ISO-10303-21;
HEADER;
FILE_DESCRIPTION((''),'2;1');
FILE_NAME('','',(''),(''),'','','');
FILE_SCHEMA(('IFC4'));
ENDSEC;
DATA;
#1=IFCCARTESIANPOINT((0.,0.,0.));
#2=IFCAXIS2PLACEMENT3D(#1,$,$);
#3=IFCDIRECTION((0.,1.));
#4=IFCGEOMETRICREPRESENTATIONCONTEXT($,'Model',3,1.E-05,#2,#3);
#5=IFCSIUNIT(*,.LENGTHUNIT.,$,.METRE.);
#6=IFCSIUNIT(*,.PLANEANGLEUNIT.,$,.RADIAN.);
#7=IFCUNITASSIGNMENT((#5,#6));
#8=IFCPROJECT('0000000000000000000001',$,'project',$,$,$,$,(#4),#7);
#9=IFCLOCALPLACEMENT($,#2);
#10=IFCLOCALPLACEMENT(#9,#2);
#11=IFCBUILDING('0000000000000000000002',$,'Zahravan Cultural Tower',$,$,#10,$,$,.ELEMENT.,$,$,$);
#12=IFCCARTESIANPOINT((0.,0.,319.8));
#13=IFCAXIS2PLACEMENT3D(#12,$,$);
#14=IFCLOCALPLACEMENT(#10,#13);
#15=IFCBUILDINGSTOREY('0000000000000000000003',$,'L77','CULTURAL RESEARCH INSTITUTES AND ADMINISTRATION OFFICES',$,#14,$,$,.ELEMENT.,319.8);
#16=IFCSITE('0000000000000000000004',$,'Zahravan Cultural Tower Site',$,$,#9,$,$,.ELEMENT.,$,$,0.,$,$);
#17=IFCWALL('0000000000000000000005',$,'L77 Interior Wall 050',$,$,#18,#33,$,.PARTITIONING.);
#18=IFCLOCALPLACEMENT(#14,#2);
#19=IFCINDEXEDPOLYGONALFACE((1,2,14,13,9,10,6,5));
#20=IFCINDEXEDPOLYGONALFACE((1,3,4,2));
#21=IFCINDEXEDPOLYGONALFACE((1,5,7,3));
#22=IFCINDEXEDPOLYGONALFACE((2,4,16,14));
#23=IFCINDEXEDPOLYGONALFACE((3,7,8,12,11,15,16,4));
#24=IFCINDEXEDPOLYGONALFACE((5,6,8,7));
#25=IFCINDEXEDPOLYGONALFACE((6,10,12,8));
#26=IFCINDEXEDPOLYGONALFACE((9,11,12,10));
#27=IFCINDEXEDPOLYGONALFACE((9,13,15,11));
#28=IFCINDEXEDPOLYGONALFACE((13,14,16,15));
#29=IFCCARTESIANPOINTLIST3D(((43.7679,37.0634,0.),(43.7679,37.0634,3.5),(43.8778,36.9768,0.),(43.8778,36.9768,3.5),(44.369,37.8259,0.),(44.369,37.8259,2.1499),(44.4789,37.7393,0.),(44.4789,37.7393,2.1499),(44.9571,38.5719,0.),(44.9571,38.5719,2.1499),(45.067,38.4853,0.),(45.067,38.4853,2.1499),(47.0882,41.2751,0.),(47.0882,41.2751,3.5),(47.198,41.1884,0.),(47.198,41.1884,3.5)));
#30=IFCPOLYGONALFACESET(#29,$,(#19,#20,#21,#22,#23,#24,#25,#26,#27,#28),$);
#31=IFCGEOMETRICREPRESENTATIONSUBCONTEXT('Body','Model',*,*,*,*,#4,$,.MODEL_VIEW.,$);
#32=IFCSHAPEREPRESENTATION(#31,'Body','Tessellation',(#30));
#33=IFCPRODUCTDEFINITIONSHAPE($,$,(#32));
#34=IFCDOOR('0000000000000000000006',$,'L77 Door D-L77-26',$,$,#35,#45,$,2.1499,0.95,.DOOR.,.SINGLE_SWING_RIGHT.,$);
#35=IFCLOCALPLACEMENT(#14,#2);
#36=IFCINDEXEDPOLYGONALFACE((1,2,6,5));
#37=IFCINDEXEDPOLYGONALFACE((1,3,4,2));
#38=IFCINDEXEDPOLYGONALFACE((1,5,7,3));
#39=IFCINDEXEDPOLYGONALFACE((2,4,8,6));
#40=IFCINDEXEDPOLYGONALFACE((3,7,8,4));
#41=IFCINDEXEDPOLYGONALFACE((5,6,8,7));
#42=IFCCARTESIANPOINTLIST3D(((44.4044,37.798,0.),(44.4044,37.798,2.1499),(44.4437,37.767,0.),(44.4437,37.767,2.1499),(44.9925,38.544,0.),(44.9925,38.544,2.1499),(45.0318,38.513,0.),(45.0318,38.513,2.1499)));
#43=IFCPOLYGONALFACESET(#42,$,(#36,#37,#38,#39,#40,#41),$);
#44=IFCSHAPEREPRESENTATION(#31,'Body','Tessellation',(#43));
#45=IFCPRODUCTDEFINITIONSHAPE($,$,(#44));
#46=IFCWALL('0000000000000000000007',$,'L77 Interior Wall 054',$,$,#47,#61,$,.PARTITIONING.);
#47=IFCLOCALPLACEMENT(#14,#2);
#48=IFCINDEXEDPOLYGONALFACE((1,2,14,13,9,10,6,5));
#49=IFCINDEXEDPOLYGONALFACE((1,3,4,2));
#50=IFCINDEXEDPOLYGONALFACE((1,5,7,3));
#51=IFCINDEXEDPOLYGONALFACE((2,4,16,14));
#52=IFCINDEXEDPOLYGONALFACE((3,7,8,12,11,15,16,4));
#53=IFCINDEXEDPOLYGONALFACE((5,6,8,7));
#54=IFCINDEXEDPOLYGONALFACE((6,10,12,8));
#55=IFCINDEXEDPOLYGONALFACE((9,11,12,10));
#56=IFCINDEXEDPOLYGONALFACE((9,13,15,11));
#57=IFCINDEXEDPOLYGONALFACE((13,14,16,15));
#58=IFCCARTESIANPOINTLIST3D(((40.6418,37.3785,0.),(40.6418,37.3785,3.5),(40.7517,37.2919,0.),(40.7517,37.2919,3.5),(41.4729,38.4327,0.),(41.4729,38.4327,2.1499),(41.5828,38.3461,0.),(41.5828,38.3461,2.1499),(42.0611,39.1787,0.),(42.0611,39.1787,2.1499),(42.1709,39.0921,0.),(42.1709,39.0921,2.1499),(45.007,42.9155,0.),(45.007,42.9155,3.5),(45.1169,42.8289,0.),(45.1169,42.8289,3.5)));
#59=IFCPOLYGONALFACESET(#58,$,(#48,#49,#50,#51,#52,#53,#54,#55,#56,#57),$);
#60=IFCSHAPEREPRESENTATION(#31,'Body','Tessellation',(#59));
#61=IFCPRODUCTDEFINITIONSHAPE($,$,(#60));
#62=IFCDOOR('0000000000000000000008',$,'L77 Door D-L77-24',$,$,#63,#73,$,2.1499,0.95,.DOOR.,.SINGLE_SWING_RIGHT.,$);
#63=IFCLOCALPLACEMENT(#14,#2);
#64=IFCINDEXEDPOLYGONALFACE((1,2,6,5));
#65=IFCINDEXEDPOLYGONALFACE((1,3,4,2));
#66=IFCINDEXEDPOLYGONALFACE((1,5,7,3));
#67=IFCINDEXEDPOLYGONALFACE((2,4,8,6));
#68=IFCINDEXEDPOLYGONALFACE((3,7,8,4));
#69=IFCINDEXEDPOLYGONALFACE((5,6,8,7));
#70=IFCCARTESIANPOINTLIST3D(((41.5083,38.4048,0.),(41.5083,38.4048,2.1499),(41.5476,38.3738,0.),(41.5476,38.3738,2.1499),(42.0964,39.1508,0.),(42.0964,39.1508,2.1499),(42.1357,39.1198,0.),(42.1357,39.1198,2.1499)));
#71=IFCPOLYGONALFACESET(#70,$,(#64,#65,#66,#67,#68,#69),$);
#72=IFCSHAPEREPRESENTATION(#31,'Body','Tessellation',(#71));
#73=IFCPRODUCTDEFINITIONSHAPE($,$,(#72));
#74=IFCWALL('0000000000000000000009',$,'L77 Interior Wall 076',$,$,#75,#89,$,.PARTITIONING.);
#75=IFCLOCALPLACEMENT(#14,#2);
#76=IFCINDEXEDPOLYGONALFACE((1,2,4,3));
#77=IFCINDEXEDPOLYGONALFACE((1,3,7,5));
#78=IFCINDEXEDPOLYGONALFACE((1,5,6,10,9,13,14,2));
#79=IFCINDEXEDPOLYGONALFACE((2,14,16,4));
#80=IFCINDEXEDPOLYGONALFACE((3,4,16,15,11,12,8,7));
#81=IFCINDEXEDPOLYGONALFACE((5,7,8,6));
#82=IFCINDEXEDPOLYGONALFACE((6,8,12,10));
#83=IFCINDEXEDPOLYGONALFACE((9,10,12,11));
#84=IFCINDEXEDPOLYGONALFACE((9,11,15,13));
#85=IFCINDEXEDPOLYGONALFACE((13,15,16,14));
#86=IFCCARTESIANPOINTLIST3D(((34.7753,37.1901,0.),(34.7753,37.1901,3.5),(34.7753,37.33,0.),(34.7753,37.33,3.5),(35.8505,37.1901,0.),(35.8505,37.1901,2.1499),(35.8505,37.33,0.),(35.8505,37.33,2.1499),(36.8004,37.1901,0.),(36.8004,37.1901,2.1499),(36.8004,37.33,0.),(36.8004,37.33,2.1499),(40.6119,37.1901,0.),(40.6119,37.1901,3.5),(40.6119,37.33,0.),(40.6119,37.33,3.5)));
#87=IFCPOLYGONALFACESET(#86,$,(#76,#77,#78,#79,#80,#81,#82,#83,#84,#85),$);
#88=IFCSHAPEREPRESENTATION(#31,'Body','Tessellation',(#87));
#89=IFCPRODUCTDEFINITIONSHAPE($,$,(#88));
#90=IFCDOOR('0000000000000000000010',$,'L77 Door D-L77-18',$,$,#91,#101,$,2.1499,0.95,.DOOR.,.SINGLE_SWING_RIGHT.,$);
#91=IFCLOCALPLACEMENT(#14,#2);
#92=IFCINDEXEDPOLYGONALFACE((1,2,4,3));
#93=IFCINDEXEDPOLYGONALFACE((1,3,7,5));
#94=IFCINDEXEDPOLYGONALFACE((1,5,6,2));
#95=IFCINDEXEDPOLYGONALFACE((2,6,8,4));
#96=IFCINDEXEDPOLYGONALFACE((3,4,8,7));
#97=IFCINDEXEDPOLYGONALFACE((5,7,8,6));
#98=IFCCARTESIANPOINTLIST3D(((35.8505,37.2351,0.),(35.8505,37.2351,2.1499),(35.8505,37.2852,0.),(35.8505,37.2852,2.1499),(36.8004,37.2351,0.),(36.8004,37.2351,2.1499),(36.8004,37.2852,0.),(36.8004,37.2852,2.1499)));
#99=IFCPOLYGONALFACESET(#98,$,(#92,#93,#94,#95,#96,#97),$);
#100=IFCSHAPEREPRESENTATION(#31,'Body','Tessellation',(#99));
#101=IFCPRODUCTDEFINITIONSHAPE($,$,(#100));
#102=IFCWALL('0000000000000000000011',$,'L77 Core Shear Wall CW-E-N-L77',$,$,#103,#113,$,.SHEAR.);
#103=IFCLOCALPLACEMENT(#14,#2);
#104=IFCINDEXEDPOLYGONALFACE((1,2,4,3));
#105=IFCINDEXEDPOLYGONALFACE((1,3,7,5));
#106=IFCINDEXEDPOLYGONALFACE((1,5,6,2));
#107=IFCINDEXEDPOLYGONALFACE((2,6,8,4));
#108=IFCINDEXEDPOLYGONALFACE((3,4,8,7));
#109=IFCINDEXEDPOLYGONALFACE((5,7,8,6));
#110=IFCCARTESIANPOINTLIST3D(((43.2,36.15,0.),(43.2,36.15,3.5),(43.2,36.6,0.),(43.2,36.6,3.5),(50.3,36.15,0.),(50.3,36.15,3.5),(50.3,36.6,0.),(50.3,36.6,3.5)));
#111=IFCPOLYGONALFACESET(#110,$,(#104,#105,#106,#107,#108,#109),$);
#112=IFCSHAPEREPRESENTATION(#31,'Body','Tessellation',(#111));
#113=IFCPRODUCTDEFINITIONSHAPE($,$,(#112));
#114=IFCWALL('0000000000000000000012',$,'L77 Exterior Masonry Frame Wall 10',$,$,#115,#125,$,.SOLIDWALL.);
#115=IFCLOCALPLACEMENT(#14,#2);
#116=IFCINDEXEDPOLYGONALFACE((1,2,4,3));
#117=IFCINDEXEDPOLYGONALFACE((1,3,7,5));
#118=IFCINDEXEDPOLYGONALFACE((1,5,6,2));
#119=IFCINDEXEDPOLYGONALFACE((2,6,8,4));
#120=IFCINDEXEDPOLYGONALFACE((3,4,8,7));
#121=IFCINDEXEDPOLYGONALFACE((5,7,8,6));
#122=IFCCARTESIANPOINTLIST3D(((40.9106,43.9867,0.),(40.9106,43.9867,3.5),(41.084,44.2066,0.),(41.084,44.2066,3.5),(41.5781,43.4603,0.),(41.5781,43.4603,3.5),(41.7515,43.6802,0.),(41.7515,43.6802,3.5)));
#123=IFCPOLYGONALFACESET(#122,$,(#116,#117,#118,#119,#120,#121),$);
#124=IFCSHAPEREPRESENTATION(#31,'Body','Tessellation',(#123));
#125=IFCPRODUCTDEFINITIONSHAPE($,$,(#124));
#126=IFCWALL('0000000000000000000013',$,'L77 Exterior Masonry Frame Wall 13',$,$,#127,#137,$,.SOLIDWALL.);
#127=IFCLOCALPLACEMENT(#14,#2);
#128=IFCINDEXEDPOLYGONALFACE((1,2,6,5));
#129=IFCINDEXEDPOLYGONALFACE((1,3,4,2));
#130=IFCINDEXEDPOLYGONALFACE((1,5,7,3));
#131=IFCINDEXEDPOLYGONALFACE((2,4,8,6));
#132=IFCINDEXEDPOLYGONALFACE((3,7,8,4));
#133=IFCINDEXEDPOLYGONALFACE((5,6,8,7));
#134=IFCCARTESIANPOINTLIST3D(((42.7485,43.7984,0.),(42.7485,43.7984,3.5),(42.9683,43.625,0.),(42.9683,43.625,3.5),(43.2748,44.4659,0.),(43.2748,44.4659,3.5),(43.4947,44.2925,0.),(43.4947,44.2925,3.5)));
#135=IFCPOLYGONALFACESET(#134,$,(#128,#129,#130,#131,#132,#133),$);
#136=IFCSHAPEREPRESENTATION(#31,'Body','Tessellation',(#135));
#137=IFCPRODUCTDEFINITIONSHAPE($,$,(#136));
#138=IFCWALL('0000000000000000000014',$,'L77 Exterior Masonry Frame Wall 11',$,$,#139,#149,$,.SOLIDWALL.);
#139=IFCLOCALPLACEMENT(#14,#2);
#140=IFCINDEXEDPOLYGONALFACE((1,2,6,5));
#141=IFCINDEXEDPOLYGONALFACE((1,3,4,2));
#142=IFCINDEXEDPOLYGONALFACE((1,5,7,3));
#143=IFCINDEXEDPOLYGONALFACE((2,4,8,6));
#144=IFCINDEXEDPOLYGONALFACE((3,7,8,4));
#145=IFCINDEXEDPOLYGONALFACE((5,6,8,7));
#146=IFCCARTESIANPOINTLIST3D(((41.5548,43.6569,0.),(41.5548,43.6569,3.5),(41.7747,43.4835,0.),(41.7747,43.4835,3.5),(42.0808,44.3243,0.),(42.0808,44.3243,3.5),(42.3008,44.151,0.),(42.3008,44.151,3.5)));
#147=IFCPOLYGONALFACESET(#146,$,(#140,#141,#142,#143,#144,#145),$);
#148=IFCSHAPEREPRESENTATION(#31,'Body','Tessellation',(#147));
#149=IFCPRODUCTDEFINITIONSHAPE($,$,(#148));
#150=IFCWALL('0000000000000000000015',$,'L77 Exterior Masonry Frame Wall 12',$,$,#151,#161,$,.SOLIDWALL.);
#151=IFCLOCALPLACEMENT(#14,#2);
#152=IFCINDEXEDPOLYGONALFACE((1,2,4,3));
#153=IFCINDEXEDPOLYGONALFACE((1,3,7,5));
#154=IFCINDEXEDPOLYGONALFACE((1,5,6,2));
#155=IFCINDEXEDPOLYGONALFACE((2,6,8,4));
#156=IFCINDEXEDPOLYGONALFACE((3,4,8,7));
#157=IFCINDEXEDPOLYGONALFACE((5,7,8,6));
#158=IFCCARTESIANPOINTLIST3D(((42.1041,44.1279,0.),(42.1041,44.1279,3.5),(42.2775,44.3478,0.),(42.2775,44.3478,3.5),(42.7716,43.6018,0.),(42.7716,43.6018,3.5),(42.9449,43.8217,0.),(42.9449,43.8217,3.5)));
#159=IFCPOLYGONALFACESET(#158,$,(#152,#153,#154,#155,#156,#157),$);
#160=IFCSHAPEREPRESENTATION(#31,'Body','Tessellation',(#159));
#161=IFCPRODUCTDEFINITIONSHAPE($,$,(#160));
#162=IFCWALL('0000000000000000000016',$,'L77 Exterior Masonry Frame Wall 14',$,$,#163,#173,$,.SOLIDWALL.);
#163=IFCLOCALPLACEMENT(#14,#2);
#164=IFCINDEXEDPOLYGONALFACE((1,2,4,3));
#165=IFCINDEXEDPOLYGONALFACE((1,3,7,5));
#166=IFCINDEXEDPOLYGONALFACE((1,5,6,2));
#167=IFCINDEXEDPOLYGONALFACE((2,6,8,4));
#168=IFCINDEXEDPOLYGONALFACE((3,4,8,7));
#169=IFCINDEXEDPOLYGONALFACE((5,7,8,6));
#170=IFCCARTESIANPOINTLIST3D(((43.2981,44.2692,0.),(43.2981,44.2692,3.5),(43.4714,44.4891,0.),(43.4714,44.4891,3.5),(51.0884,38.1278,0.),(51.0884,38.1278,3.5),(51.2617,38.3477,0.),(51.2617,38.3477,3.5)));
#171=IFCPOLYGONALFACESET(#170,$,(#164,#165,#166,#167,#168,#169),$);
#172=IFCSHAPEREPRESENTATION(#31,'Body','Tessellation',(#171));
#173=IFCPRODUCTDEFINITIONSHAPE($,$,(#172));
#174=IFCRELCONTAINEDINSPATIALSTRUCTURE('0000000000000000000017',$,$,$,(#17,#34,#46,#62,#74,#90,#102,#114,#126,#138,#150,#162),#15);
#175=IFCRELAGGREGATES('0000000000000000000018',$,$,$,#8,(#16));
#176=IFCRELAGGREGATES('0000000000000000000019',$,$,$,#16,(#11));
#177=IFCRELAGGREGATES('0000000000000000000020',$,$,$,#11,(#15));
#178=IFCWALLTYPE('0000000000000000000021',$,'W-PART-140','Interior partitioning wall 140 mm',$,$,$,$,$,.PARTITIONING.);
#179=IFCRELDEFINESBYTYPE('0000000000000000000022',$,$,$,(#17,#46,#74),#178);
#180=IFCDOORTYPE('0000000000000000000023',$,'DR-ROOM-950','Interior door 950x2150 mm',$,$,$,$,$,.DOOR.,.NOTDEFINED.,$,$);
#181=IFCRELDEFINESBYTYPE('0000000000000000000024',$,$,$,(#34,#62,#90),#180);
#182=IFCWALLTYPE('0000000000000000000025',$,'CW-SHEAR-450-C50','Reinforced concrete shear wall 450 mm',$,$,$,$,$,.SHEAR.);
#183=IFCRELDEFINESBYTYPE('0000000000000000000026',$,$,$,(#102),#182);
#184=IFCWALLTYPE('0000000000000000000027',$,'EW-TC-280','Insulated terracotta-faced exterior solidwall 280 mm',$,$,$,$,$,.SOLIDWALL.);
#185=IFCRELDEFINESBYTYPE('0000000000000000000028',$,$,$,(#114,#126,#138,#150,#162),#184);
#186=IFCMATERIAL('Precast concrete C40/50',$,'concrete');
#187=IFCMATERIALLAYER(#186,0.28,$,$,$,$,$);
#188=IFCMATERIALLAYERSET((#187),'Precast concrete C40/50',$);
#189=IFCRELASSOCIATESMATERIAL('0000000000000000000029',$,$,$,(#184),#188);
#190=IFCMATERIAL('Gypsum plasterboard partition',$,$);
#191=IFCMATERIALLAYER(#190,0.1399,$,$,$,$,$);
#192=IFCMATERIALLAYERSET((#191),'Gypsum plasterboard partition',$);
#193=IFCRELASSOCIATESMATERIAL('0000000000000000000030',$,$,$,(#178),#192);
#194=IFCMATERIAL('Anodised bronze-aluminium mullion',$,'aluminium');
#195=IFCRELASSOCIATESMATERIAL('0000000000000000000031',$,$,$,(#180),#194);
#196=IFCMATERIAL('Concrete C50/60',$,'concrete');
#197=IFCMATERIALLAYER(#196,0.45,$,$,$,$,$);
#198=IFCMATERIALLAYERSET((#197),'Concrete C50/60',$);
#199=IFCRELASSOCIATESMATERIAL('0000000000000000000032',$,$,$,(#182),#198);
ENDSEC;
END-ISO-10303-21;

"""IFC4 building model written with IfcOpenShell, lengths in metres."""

from ifc_helpers import new_model, si_unit, direction, frame, frame_2d, origin, place, context, subcontext, project, spatial, rectangle, extrude, source, transform, mapped, material, layer, layer_set, type_object, element, fill, save


model = new_model("IFC4")

# Units and contexts
model_context = context("Model", 3, precision=1e-05, world=origin(), true_north=direction((0.0, 1.0)))
body_context = subcontext(model_context, "Body", "Model", "MODEL_VIEW")
ifc_project = project(units=[si_unit("LENGTHUNIT", "METRE"), si_unit("PLANEANGLEUNIT", "RADIAN")], contexts=[model_context])

# Site, building, storey
site_placement = place(None, origin())
site = spatial("IfcSite", under=ifc_project, at=site_placement, Name="Zahravan Cultural Tower Site", CompositionType="ELEMENT", RefElevation=0.0)
building_placement = place(site_placement, origin())
building = spatial("IfcBuilding", under=site, at=building_placement, Name="Zahravan Cultural Tower", CompositionType="ELEMENT")
storey_placement = place(building_placement, frame((0.0, 0.0, 319.8)))
storey = spatial("IfcBuildingStorey", under=building, at=storey_placement, Name="L77", Description="CULTURAL RESEARCH INSTITUTES AND ADMINISTRATION OFFICES", CompositionType="ELEMENT", Elevation=319.8)

# Shared definitions
ifc_material_1 = material(Name="Precast concrete C40/50", Category="concrete")
ifc_layer_1 = layer(ifc_material_1, 0.28)
ifc_layer_set_1 = layer_set([ifc_layer_1], Name="Precast concrete C40/50")
wall_type_1 = type_object("IfcWallType", Name="EW-TC-280", Description="Insulated terracotta-faced exterior solidwall 280 mm", PredefinedType="SOLIDWALL", material=ifc_layer_set_1)

# Walls, openings, doors
ifc_material_2 = material(Name="Gypsum plasterboard partition")
ifc_layer_2 = layer(ifc_material_2, 0.1399)
ifc_layer_set_2 = layer_set([ifc_layer_2], Name="Gypsum plasterboard partition")
wall_type_2 = type_object("IfcWallType", Name="W-PART-140", Description="Interior partitioning wall 140 mm", PredefinedType="PARTITIONING", material=ifc_layer_set_2)
wall_1_placement = place(storey_placement, frame((43.8228, 37.02, 0.0), z_axis=(0.0, 0.0, 1.0), x_axis=(0.619105, 0.785308, 0.0)))
wall_1 = element("IfcWall", 1, at=wall_1_placement, inside=storey, type_object=wall_type_2, Name="L77 Interior Wall 050", PredefinedType="PARTITIONING", context=body_context, shape_type="SweptSolid", body=[
    extrude(rectangle(XDim=5.363, YDim=0.1399, at=frame_2d((2.6816, 0.0))), origin(), (0.0, 0.0, 1.0), 3.5),
])
opening_1_placement = place(wall_1_placement, frame((0.9709, 0.0, 0.0)))
opening_1 = element("IfcOpeningElement", 2, at=opening_1_placement, cuts=wall_1, PredefinedType="OPENING", context=body_context, shape_type="SweptSolid", body=[
    extrude(rectangle(XDim=0.95, YDim=2.1499, at=frame_2d((0.4751, 1.075))), frame((0.0, 0.0798, 0.0), z_axis=(0.0, -1.0, 0.0), x_axis=(1.0, 0.0, 0.0)), (0.0, 0.0, 1.0), 0.1599),
])
ifc_material_3 = material(Name="Anodised bronze-aluminium mullion", Category="aluminium")
door_type = type_object("IfcDoorType", Name="DR-ROOM-950", Description="Interior door 950x2150 mm", OperationType="NOTDEFINED", PredefinedType="DOOR", material=ifc_material_3)
shared_shape_1 = source(origin(), body_context, "Body", "SweptSolid", [
    extrude(rectangle(XDim=0.95, YDim=2.1499, at=frame_2d((0.4751, 1.075))), frame((0.0, 0.0249, 0.0), z_axis=(0.0, -1.0, 0.0), x_axis=(1.0, 0.0, 0.0)), (0.0, 0.0, 1.0), 0.05),
])
door_1_placement = place(opening_1_placement, origin())
door_1 = element("IfcDoor", 3, at=door_1_placement, inside=storey, type_object=door_type, Name="L77 Door D-L77-26", OperationType="SINGLE_SWING_RIGHT", OverallHeight=2.1499, OverallWidth=0.95, PredefinedType="DOOR", context=body_context, shape_type="MappedRepresentation", body=[
    mapped(shared_shape_1, transform((0.0, 0.0, 0.0), x_axis=(1.0, 0.0, 0.0), y_axis=(0.0, 1.0, 0.0), z_axis=(0.0, 0.0, 1.0), scale=1.0)),
])
fill(opening_1, door_1)
wall_2_placement = place(storey_placement, frame((40.6968, 37.3352, 0.0), z_axis=(0.0, 0.0, 1.0), x_axis=(0.619105, 0.785308, 0.0)))
wall_2 = element("IfcWall", 4, at=wall_2_placement, inside=storey, type_object=wall_type_2, Name="L77 Interior Wall 054", PredefinedType="PARTITIONING", context=body_context, shape_type="SweptSolid", body=[
    extrude(rectangle(XDim=7.0508, YDim=0.1399, at=frame_2d((3.5254, 0.0))), origin(), (0.0, 0.0, 1.0), 3.5),
])
opening_2_placement = place(wall_2_placement, frame((1.3423, 0.0, 0.0)))
opening_2 = element("IfcOpeningElement", 5, at=opening_2_placement, cuts=wall_2, PredefinedType="OPENING", context=body_context, shape_type="SweptSolid", body=[
    extrude(rectangle(XDim=0.95, YDim=2.1499, at=frame_2d((0.4751, 1.075))), frame((0.0, 0.0798, 0.0), z_axis=(0.0, -1.0, 0.0), x_axis=(1.0, 0.0, 0.0)), (0.0, 0.0, 1.0), 0.1599),
])
door_2_placement = place(opening_2_placement, origin())
door_2 = element("IfcDoor", 6, at=door_2_placement, inside=storey, type_object=door_type, Name="L77 Door D-L77-24", OperationType="SINGLE_SWING_RIGHT", OverallHeight=2.1499, OverallWidth=0.95, PredefinedType="DOOR", context=body_context, shape_type="MappedRepresentation", body=[
    mapped(shared_shape_1, transform((0.0, 0.0, 0.0), x_axis=(1.0, 0.0, 0.0), y_axis=(0.0, 1.0, 0.0), z_axis=(0.0, 0.0, 1.0), scale=1.0)),
])
fill(opening_2, door_2)
wall_3_placement = place(storey_placement, frame((40.6121, 37.26, 0.0), z_axis=(0.0, 0.0, 1.0), x_axis=(-1.0, 0.0, 0.0)))
wall_3 = element("IfcWall", 7, at=wall_3_placement, inside=storey, type_object=wall_type_2, Name="L77 Interior Wall 076", PredefinedType="PARTITIONING", context=body_context, shape_type="SweptSolid", body=[
    extrude(rectangle(XDim=5.8367, YDim=0.1399, at=frame_2d((2.9185, 0.0))), origin(), (0.0, 0.0, 1.0), 3.5),
])
opening_3_placement = place(wall_3_placement, frame((3.8115, 0.0, 0.0)))
opening_3 = element("IfcOpeningElement", 8, at=opening_3_placement, cuts=wall_3, PredefinedType="OPENING", context=body_context, shape_type="SweptSolid", body=[
    extrude(rectangle(XDim=0.95, YDim=2.1499, at=frame_2d((0.4751, 1.075))), frame((0.0, 0.0798, 0.0), z_axis=(0.0, -1.0, 0.0), x_axis=(1.0, 0.0, 0.0)), (0.0, 0.0, 1.0), 0.1599),
])
door_3_placement = place(opening_3_placement, origin())
door_3 = element("IfcDoor", 9, at=door_3_placement, inside=storey, type_object=door_type, Name="L77 Door D-L77-18", OperationType="SINGLE_SWING_RIGHT", OverallHeight=2.1499, OverallWidth=0.95, PredefinedType="DOOR", context=body_context, shape_type="MappedRepresentation", body=[
    mapped(shared_shape_1, transform((0.0, 0.0, 0.0), x_axis=(1.0, 0.0, 0.0), y_axis=(0.0, 1.0, 0.0), z_axis=(0.0, 0.0, 1.0), scale=1.0)),
])
fill(opening_3, door_3)

# Walls
ifc_material_4 = material(Name="Concrete C50/60", Category="concrete")
ifc_layer_3 = layer(ifc_material_4, 0.45)
ifc_layer_set_3 = layer_set([ifc_layer_3], Name="Concrete C50/60")
wall_type_3 = type_object("IfcWallType", Name="CW-SHEAR-450-C50", Description="Reinforced concrete shear wall 450 mm", PredefinedType="SHEAR", material=ifc_layer_set_3)
shared_shape_2 = source(origin(), body_context, "Body", "SweptSolid", [
    extrude(rectangle(XDim=7.1001, YDim=0.45, at=frame_2d((3.55, 0.0))), origin(), (0.0, 0.0, 1.0), 3.5),
])
wall_4_placement = place(storey_placement, frame((43.2, 36.375, 0.0), z_axis=(0.0, 0.0, 1.0), x_axis=(1.0, 0.0, 0.0)))
element("IfcWall", 10, at=wall_4_placement, inside=storey, type_object=wall_type_3, Name="L77 Core Shear Wall CW-E-N-L77", PredefinedType="SHEAR", context=body_context, shape_type="MappedRepresentation", body=[
    mapped(shared_shape_2, transform((0.0, 0.0, 0.0), x_axis=(1.0, 0.0, 0.0), y_axis=(0.0, 1.0, 0.0), z_axis=(0.0, 0.0, 1.0), scale=1.0)),
])
shared_shape_3 = source(origin(), body_context, "Body", "SweptSolid", [
    extrude(rectangle(XDim=0.8501, YDim=0.28, at=frame_2d((0.425, 0.0))), origin(), (0.0, 0.0, 1.0), 3.5),
])
for number, where, z_axis, x_axis, name in (
    (11, (40.9973, 44.0967, 0.0), (0.0, 0.0, 1.0), (0.785221, -0.619216, 0.0), "L77 Exterior Masonry Frame Wall 10"),
    (12, (42.8584, 43.7117, 0.0), (0.0, 0.0, 1.0), (0.619216, 0.785221, 0.0), "L77 Exterior Masonry Frame Wall 13"),
):
    element("IfcWall", number, at=place(storey_placement, frame(where, z_axis=z_axis, x_axis=x_axis)), inside=storey, type_object=wall_type_1, Name=name, PredefinedType="SOLIDWALL", context=body_context, shape_type="MappedRepresentation", body=[
        mapped(shared_shape_3, transform((0.0, 0.0, 0.0), x_axis=(1.0, 0.0, 0.0), y_axis=(0.0, 1.0, 0.0), z_axis=(0.0, 0.0, 1.0), scale=1.0)),
    ])
shared_shape_4 = source(origin(), body_context, "Body", "SweptSolid", [
    extrude(rectangle(XDim=0.8499, YDim=0.28, at=frame_2d((0.4248, 0.0))), origin(), (0.0, 0.0, 1.0), 3.5),
])
for number, where, z_axis, x_axis, name in (
    (13, (41.6648, 43.5703, 0.0), (0.0, 0.0, 1.0), (0.619039, 0.78536, 0.0), "L77 Exterior Masonry Frame Wall 11"),
    (14, (42.1909, 44.2378, 0.0), (0.0, 0.0, 1.0), (0.78536, -0.619039, 0.0), "L77 Exterior Masonry Frame Wall 12"),
):
    element("IfcWall", number, at=place(storey_placement, frame(where, z_axis=z_axis, x_axis=x_axis)), inside=storey, type_object=wall_type_1, Name=name, PredefinedType="SOLIDWALL", context=body_context, shape_type="MappedRepresentation", body=[
        mapped(shared_shape_4, transform((0.0, 0.0, 0.0), x_axis=(1.0, 0.0, 0.0), y_axis=(0.0, 1.0, 0.0), z_axis=(0.0, 0.0, 1.0), scale=1.0)),
    ])
shared_shape_5 = source(origin(), body_context, "Body", "SweptSolid", [
    extrude(rectangle(XDim=9.9199, YDim=0.28, at=frame_2d((4.96, 0.0))), origin(), (0.0, 0.0, 1.0), 3.5),
])
wall_5_placement = place(storey_placement, frame((43.3848, 44.3792, 0.0), z_axis=(0.0, 0.0, 1.0), x_axis=(0.785317, -0.619094, 0.0)))
element("IfcWall", 15, at=wall_5_placement, inside=storey, type_object=wall_type_1, Name="L77 Exterior Masonry Frame Wall 14", PredefinedType="SOLIDWALL", context=body_context, shape_type="MappedRepresentation", body=[
    mapped(shared_shape_5, transform((0.0, 0.0, 0.0), x_axis=(1.0, 0.0, 0.0), y_axis=(0.0, 1.0, 0.0), z_axis=(0.0, 0.0, 1.0), scale=1.0)),
])

save(model, "model.ifc")
